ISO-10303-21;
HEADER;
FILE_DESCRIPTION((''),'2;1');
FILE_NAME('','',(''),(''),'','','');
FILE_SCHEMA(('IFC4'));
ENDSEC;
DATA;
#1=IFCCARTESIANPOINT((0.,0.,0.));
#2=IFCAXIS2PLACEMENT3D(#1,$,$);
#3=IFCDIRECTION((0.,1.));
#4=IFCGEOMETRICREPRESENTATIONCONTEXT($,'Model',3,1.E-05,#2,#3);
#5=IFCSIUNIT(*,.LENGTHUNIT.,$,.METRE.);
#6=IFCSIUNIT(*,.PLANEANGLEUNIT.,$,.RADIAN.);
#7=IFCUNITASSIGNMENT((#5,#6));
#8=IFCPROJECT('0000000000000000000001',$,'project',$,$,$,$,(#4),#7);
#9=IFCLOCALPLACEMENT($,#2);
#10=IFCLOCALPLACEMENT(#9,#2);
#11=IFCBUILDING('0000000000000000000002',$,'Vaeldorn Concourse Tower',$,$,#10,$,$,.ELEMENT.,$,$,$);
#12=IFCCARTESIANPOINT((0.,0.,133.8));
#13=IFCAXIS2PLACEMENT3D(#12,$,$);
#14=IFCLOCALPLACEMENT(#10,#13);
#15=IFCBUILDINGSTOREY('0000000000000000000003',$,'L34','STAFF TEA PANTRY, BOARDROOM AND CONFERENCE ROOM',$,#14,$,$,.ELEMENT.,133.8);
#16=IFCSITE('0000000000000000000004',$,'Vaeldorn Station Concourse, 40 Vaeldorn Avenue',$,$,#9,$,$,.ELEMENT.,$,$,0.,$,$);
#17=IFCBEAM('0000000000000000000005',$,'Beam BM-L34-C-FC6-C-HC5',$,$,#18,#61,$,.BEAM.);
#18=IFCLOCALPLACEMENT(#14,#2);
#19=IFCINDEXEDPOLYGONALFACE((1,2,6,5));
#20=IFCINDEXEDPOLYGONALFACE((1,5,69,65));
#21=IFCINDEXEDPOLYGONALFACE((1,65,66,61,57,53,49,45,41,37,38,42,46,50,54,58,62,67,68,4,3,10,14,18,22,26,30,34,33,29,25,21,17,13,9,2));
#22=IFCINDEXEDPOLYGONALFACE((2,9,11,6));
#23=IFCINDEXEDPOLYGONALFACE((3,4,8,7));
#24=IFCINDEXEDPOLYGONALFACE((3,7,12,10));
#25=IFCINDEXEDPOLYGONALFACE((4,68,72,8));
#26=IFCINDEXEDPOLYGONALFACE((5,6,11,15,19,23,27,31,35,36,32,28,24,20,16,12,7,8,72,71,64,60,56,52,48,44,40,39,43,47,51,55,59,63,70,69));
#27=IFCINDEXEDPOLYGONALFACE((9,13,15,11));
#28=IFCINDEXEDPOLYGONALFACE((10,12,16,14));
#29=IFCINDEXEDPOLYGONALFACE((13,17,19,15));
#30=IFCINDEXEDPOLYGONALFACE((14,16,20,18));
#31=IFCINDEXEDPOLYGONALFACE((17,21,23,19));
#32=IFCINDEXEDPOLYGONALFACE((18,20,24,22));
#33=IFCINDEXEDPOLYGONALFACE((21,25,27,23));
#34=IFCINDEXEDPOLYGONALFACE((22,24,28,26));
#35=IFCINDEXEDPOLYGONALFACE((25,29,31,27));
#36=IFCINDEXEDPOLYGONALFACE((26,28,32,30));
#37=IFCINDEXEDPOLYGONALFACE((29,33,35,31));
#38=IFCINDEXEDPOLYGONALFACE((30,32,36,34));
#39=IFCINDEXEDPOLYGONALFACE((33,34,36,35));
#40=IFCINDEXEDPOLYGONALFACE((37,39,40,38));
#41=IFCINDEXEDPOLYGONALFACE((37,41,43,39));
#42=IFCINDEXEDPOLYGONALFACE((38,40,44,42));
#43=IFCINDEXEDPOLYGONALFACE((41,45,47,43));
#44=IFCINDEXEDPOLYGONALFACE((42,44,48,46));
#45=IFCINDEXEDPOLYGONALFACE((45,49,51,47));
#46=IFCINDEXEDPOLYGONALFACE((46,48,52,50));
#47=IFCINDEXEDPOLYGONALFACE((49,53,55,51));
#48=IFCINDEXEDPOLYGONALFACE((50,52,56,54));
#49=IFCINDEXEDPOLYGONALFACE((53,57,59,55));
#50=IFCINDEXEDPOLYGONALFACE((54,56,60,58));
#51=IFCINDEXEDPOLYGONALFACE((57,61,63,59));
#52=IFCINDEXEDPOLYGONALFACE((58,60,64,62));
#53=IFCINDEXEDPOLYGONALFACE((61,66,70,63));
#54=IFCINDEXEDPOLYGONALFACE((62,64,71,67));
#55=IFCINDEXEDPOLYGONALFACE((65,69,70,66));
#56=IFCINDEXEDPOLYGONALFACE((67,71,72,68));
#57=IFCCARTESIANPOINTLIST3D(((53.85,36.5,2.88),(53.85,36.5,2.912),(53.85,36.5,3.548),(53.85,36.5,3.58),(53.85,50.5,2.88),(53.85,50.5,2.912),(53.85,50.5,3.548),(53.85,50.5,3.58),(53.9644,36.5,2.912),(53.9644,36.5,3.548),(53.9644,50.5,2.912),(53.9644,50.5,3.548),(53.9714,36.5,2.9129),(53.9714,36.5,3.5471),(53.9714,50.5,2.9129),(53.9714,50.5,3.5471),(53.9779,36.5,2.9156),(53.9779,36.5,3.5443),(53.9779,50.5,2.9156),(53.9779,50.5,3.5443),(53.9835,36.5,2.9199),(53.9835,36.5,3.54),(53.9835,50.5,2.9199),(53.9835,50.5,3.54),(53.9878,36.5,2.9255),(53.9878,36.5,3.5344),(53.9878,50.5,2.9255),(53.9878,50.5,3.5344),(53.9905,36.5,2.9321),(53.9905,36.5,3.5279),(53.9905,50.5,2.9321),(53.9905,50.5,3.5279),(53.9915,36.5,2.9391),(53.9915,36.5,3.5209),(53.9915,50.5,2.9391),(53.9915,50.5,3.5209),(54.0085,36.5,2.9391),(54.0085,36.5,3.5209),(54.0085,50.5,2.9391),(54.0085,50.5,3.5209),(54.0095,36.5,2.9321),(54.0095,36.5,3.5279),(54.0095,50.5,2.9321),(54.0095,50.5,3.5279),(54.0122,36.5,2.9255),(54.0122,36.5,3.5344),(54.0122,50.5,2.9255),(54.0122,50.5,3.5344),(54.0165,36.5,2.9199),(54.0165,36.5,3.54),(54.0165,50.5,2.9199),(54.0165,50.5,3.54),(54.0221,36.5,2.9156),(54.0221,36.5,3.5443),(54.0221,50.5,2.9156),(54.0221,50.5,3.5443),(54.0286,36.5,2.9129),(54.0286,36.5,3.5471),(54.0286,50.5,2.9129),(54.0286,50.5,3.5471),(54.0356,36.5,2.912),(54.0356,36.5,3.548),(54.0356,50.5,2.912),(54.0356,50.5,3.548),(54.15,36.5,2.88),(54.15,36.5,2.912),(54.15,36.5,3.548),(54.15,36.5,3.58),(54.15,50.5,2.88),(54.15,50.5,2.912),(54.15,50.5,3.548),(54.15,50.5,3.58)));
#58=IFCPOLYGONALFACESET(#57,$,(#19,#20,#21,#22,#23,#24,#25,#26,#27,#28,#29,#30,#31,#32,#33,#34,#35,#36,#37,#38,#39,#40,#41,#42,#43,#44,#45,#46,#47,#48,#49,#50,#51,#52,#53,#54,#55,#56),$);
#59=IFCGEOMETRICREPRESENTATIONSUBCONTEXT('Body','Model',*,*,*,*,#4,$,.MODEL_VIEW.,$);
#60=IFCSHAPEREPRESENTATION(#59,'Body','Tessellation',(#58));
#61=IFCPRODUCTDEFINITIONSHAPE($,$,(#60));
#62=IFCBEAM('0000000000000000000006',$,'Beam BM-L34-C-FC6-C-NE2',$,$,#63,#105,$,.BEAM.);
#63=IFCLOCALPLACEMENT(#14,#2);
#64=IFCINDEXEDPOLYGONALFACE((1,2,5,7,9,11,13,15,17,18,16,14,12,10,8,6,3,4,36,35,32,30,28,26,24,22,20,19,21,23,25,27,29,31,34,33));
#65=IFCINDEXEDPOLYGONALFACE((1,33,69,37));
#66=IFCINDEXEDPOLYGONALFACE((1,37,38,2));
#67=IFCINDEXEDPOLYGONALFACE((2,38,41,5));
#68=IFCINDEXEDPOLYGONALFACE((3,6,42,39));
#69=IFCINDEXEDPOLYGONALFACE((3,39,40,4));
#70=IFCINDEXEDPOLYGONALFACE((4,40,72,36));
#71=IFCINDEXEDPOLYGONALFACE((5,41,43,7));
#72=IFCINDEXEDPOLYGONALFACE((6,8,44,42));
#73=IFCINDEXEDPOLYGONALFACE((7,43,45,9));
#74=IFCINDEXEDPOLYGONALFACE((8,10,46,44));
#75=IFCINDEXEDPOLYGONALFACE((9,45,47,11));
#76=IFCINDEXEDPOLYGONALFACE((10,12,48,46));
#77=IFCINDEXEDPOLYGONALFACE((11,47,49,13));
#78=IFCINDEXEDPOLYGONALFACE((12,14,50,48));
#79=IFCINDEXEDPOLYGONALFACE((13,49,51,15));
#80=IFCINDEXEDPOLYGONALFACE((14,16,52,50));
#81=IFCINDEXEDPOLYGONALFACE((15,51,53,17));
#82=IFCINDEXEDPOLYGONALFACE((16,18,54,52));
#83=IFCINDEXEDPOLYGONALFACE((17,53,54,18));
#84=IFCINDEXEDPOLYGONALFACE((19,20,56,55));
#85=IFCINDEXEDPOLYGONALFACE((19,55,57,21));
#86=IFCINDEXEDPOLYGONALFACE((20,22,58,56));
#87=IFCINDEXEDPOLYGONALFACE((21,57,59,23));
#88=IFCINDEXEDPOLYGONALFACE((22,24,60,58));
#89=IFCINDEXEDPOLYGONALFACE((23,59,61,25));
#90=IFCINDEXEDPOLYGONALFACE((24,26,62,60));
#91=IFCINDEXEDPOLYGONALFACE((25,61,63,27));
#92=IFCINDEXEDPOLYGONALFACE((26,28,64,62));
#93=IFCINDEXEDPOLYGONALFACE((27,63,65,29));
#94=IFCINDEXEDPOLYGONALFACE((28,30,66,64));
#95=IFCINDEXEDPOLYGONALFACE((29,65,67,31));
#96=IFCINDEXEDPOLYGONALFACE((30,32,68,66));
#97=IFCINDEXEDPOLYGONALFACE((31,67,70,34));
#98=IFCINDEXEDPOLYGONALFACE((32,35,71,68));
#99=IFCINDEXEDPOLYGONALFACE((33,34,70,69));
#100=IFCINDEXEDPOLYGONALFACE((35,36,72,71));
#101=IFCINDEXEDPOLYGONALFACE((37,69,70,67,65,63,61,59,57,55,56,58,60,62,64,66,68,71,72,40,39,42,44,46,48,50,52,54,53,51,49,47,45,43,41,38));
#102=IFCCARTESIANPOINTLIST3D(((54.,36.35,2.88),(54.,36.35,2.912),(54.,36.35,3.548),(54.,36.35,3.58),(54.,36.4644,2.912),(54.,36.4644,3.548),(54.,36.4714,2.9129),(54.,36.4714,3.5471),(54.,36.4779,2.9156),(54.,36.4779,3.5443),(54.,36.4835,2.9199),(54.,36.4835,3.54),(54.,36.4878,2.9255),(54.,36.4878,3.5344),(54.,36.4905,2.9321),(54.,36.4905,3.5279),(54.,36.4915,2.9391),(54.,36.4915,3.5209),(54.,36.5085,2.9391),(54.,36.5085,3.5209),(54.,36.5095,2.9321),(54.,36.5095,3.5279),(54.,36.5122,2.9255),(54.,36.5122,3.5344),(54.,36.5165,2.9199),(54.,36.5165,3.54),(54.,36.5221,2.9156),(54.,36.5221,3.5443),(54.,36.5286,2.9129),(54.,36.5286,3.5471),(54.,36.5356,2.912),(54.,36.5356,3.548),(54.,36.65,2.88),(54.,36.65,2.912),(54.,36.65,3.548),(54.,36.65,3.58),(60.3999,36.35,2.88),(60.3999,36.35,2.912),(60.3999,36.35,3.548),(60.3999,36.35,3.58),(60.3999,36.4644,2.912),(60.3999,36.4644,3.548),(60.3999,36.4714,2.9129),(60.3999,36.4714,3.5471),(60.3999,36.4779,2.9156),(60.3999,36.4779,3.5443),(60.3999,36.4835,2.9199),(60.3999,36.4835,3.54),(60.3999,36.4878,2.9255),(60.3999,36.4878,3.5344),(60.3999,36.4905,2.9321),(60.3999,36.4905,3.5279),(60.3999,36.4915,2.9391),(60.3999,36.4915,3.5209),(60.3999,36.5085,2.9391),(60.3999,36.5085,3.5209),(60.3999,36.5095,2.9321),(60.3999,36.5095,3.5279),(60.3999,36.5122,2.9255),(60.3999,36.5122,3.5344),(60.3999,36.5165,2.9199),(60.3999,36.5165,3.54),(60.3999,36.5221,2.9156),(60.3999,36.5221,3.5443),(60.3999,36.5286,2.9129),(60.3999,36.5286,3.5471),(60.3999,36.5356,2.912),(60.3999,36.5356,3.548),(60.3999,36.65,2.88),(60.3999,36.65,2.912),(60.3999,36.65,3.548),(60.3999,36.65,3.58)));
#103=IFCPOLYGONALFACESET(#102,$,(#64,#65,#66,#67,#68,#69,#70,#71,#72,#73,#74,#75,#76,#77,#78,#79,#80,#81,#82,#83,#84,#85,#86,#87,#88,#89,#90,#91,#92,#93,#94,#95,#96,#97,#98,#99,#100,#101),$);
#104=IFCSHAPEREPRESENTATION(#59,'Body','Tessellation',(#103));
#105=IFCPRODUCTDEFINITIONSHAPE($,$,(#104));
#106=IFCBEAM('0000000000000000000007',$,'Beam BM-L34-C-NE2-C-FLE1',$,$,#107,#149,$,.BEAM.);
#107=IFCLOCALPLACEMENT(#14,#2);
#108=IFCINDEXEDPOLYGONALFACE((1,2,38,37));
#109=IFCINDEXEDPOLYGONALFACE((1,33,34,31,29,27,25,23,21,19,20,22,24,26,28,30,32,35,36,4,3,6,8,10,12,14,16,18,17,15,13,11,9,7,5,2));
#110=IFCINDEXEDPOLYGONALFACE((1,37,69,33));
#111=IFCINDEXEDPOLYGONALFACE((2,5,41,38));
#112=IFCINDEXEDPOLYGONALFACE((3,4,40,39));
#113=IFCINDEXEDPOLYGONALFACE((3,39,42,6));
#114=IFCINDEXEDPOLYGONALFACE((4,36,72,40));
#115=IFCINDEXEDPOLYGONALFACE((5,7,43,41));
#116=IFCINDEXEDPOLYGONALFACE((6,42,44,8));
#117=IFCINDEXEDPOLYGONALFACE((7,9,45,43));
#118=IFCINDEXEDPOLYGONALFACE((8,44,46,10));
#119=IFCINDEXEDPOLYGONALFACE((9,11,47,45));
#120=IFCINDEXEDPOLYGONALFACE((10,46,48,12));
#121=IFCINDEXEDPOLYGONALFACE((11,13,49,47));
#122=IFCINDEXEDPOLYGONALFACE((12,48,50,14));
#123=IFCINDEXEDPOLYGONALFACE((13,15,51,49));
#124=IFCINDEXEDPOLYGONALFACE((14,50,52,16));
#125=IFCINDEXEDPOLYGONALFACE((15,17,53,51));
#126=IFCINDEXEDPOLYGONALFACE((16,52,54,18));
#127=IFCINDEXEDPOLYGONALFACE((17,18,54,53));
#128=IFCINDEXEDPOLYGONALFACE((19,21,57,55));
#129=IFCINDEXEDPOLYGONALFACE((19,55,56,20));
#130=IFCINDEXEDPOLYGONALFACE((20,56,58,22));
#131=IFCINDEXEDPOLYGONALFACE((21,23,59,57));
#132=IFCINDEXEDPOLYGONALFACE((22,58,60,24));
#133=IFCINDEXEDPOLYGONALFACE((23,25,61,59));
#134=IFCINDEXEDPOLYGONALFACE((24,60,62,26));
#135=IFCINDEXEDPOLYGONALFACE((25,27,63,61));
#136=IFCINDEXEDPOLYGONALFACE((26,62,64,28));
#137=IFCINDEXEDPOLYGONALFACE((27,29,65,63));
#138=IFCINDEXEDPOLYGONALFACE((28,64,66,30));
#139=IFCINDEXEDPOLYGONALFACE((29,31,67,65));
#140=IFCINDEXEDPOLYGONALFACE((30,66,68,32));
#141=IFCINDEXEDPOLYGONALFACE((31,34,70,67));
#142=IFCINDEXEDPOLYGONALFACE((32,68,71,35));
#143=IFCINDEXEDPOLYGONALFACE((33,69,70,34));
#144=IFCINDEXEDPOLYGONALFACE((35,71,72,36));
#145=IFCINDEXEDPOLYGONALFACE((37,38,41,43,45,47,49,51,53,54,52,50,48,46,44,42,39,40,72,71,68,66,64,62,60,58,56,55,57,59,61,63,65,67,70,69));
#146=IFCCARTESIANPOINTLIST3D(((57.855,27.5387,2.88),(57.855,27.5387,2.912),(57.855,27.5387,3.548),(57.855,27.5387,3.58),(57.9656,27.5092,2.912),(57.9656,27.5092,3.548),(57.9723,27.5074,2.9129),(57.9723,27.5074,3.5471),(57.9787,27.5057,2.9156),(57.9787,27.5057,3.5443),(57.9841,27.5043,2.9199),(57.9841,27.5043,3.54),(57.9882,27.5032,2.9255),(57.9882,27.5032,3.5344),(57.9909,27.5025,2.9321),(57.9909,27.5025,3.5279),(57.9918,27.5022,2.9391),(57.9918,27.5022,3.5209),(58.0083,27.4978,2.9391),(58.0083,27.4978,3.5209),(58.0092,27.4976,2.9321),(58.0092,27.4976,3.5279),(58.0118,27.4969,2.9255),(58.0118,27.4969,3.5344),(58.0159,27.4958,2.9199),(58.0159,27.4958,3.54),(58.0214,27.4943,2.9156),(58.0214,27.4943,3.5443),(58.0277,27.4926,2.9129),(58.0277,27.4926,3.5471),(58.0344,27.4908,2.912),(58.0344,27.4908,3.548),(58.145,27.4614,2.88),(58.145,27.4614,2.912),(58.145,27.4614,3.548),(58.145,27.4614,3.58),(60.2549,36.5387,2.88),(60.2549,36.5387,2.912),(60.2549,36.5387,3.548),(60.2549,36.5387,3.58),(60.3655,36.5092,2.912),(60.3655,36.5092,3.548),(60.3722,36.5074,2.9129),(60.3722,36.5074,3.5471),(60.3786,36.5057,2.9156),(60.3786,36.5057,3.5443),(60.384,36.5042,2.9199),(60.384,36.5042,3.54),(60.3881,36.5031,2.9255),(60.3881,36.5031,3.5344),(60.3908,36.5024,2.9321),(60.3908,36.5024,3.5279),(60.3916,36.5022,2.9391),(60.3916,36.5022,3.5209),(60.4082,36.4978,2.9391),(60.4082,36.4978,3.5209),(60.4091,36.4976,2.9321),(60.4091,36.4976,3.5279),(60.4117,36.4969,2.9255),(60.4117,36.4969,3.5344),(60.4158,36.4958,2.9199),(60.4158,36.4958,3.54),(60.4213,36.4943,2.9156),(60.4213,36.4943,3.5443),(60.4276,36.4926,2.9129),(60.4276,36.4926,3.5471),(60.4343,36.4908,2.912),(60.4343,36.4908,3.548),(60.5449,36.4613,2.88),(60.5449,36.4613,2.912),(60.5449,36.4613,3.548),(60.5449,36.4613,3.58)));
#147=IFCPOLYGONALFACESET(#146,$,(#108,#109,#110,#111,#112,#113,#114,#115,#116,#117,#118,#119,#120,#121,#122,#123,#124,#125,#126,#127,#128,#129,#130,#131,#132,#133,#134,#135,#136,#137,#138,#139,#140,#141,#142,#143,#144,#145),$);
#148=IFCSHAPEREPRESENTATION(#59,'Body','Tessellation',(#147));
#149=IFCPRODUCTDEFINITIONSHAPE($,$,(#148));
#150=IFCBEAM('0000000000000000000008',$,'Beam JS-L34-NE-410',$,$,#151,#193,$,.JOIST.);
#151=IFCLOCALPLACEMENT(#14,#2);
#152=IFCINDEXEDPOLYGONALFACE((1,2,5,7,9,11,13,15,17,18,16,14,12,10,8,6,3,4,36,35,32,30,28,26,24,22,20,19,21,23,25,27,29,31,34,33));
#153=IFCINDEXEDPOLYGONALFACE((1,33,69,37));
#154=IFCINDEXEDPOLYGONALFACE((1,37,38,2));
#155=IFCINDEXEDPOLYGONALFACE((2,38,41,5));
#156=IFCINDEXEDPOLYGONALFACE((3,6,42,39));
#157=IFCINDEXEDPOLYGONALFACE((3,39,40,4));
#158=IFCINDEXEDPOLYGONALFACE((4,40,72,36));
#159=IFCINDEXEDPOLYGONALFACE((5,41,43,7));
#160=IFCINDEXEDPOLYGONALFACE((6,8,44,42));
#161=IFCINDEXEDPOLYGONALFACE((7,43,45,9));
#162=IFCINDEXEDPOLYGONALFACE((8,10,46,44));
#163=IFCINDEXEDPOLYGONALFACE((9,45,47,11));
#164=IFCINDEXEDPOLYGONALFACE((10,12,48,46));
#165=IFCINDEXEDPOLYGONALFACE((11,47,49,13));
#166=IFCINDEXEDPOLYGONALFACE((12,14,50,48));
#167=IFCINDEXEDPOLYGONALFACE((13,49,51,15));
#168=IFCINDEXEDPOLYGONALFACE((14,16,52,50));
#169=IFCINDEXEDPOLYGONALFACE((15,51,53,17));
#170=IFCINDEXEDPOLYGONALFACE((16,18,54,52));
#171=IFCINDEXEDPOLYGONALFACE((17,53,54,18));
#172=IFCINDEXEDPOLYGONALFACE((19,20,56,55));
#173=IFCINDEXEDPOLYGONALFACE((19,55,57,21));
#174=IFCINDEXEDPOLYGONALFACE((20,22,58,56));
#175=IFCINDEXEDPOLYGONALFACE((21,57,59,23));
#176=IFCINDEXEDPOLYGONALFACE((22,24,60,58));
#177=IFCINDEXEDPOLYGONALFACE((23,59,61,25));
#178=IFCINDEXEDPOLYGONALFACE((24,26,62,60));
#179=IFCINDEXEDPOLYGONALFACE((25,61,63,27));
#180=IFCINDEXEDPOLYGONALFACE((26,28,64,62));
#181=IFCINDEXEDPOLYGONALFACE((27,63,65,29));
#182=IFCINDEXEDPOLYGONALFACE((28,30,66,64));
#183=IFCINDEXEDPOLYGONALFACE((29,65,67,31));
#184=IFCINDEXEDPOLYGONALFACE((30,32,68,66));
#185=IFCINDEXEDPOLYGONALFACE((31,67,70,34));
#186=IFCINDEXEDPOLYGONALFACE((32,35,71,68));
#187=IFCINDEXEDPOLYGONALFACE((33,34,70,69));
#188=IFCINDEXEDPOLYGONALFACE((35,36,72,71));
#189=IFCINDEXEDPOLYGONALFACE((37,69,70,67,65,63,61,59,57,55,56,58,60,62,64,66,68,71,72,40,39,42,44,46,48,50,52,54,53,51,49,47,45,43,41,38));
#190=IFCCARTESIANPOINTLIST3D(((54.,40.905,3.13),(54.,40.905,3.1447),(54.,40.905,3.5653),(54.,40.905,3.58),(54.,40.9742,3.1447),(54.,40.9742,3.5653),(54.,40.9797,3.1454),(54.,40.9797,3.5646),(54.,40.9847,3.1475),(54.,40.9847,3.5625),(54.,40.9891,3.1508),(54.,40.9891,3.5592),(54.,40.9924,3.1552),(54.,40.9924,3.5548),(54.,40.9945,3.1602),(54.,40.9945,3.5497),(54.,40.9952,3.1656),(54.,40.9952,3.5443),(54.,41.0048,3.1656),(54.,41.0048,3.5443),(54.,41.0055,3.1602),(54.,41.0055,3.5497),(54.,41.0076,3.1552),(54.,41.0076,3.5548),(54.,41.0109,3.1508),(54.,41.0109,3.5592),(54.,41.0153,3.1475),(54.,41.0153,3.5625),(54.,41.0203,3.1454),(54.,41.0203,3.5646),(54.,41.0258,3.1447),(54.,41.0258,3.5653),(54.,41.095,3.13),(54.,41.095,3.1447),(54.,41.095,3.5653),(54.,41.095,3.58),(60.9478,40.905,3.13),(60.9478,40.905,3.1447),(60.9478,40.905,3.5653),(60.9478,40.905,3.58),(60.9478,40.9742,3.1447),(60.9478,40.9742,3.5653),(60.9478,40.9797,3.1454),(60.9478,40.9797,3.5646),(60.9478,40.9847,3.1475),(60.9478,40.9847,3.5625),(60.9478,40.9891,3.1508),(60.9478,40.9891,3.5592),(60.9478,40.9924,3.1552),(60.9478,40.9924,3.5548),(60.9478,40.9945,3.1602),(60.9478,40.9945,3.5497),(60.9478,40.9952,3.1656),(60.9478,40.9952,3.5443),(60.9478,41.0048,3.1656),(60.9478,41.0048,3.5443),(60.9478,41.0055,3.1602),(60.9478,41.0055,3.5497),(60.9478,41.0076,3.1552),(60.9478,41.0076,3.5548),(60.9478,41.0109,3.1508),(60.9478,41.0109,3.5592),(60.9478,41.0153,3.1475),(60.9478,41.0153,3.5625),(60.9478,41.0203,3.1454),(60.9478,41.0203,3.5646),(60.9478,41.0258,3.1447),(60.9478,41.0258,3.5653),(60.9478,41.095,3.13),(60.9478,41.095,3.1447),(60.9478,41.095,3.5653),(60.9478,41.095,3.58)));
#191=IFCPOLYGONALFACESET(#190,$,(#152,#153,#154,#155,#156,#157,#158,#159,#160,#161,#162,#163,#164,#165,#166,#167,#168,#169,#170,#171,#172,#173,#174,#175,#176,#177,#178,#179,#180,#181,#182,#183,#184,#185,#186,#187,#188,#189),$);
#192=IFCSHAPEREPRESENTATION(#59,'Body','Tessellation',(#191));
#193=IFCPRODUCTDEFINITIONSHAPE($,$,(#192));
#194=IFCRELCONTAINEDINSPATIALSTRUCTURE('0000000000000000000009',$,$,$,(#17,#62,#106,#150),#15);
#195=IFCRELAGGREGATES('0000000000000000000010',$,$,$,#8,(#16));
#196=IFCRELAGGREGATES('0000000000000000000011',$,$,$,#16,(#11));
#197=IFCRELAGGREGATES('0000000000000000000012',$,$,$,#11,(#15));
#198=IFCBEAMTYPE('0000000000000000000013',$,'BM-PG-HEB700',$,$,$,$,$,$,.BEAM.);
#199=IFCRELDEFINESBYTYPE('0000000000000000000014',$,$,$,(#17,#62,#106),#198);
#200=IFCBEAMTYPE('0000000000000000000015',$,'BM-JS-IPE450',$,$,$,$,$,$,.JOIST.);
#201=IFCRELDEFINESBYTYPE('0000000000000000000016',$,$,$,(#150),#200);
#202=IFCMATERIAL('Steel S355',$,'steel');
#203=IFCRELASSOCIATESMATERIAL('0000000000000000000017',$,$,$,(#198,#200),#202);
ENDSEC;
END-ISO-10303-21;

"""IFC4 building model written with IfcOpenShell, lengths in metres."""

from ifc_helpers import new_model, si_unit, direction, frame, origin, origin_2d, place, context, subcontext, project, spatial, i_section, extrude, source, transform, mapped, material, material_profile, profile_set, type_object, element, save


model = new_model("IFC4")

# Units and contexts
model_context = context("Model", 3, precision=1e-05, world=origin(), true_north=direction((0.0, 1.0)))
body_context = subcontext(model_context, "Body", "Model", "MODEL_VIEW")
ifc_project = project(units=[si_unit("LENGTHUNIT", "METRE"), si_unit("PLANEANGLEUNIT", "RADIAN")], contexts=[model_context])

# Site, building, storey
site_placement = place(None, origin())
site = spatial("IfcSite", under=ifc_project, at=site_placement, Name="Vaeldorn Station Concourse, 40 Vaeldorn Avenue", CompositionType="ELEMENT", RefElevation=0.0)
building_placement = place(site_placement, origin())
building = spatial("IfcBuilding", under=site, at=building_placement, Name="Vaeldorn Concourse Tower", CompositionType="ELEMENT")
storey_placement = place(building_placement, frame((0.0, 0.0, 133.8)))
storey = spatial("IfcBuildingStorey", under=building, at=storey_placement, Name="L34", Description="STAFF TEA PANTRY, BOARDROOM AND CONFERENCE ROOM", CompositionType="ELEMENT", Elevation=133.8)

# Beams
ifc_material_1 = material(Name="Steel S355", Category="steel")
ifc_material_profile_1 = material_profile(ifc_material_1, i_section(OverallWidth=0.3, OverallDepth=0.7, WebThickness=0.0171, FlangeThickness=0.032, FilletRadius=0.0271, at=origin_2d()), Name="HEB 700")
ifc_profile_set_1 = profile_set([ifc_material_profile_1], Name="Steel S355")
beam_type_1 = type_object("IfcBeamType", Name="BM-PG-HEB700", PredefinedType="BEAM", material=ifc_profile_set_1)
shared_shape_1 = source(origin(), body_context, "Body", "SweptSolid", [
    extrude(i_section(OverallWidth=0.3, OverallDepth=0.7, WebThickness=0.0171, FlangeThickness=0.032, FilletRadius=0.0271, at=origin_2d()), origin(), (0.0, 0.0, 1.0), 14.0),
])
beam_1_placement = place(storey_placement, frame((54.0, 36.5, 3.23), z_axis=(0.0, 1.0, 0.0), x_axis=(-1.0, 0.0, 0.0)))
element("IfcBeam", 1, at=beam_1_placement, inside=storey, type_object=beam_type_1, Name="Beam BM-L34-C-FC6-C-HC5", PredefinedType="BEAM", context=body_context, shape_type="MappedRepresentation", body=[
    mapped(shared_shape_1, transform((0.0, 0.0, 0.0), scale=1.0)),
])
shared_shape_2 = source(origin(), body_context, "Body", "SweptSolid", [
    extrude(i_section(OverallWidth=0.3, OverallDepth=0.7, WebThickness=0.0171, FlangeThickness=0.032, FilletRadius=0.0271, at=origin_2d()), origin(), (0.0, 0.0, 1.0), 6.3999),
])
beam_2_placement = place(storey_placement, frame((54.0, 36.5, 3.23), z_axis=(1.0, 0.0, 0.0), x_axis=(0.0, 1.0, 0.0)))
element("IfcBeam", 2, at=beam_2_placement, inside=storey, type_object=beam_type_1, Name="Beam BM-L34-C-FC6-C-NE2", PredefinedType="BEAM", context=body_context, shape_type="MappedRepresentation", body=[
    mapped(shared_shape_2, transform((0.0, 0.0, 0.0), scale=1.0)),
])
shared_shape_3 = source(origin(), body_context, "Body", "SweptSolid", [
    extrude(i_section(OverallWidth=0.3, OverallDepth=0.7, WebThickness=0.0171, FlangeThickness=0.032, FilletRadius=0.0271, at=origin_2d()), origin(), (0.0, 0.0, 1.0), 9.3145),
])
beam_3_placement = place(storey_placement, frame((60.3999, 36.5, 3.23), z_axis=(-0.257653, -0.966238, 0.0), x_axis=(0.966238, -0.257653, 0.0)))
element("IfcBeam", 3, at=beam_3_placement, inside=storey, type_object=beam_type_1, Name="Beam BM-L34-C-NE2-C-FLE1", PredefinedType="BEAM", context=body_context, shape_type="MappedRepresentation", body=[
    mapped(shared_shape_3, transform((0.0, 0.0, 0.0), scale=1.0)),
])
ifc_material_profile_2 = material_profile(ifc_material_1, i_section(OverallWidth=0.1899, OverallDepth=0.45, WebThickness=0.0095, FlangeThickness=0.0146, FilletRadius=0.021, at=origin_2d()), Name="IPE 450")
ifc_profile_set_2 = profile_set([ifc_material_profile_2], Name="Steel S355")
beam_type_2 = type_object("IfcBeamType", Name="BM-JS-IPE450", PredefinedType="JOIST", material=ifc_profile_set_2)
shared_shape_4 = source(origin(), body_context, "Body", "SweptSolid", [
    extrude(i_section(OverallWidth=0.1899, OverallDepth=0.45, WebThickness=0.0095, FlangeThickness=0.0146, FilletRadius=0.021, at=origin_2d()), origin(), (0.0, 0.0, 1.0), 6.9478),
])
beam_4_placement = place(storey_placement, frame((54.0, 41.0, 3.355), z_axis=(1.0, 0.0, 0.0), x_axis=(0.0, 1.0, 0.0)))
element("IfcBeam", 4, at=beam_4_placement, inside=storey, type_object=beam_type_2, Name="Beam JS-L34-NE-410", PredefinedType="JOIST", context=body_context, shape_type="MappedRepresentation", body=[
    mapped(shared_shape_4, transform((0.0, 0.0, 0.0), scale=1.0)),
])

save(model, "model.ifc")
